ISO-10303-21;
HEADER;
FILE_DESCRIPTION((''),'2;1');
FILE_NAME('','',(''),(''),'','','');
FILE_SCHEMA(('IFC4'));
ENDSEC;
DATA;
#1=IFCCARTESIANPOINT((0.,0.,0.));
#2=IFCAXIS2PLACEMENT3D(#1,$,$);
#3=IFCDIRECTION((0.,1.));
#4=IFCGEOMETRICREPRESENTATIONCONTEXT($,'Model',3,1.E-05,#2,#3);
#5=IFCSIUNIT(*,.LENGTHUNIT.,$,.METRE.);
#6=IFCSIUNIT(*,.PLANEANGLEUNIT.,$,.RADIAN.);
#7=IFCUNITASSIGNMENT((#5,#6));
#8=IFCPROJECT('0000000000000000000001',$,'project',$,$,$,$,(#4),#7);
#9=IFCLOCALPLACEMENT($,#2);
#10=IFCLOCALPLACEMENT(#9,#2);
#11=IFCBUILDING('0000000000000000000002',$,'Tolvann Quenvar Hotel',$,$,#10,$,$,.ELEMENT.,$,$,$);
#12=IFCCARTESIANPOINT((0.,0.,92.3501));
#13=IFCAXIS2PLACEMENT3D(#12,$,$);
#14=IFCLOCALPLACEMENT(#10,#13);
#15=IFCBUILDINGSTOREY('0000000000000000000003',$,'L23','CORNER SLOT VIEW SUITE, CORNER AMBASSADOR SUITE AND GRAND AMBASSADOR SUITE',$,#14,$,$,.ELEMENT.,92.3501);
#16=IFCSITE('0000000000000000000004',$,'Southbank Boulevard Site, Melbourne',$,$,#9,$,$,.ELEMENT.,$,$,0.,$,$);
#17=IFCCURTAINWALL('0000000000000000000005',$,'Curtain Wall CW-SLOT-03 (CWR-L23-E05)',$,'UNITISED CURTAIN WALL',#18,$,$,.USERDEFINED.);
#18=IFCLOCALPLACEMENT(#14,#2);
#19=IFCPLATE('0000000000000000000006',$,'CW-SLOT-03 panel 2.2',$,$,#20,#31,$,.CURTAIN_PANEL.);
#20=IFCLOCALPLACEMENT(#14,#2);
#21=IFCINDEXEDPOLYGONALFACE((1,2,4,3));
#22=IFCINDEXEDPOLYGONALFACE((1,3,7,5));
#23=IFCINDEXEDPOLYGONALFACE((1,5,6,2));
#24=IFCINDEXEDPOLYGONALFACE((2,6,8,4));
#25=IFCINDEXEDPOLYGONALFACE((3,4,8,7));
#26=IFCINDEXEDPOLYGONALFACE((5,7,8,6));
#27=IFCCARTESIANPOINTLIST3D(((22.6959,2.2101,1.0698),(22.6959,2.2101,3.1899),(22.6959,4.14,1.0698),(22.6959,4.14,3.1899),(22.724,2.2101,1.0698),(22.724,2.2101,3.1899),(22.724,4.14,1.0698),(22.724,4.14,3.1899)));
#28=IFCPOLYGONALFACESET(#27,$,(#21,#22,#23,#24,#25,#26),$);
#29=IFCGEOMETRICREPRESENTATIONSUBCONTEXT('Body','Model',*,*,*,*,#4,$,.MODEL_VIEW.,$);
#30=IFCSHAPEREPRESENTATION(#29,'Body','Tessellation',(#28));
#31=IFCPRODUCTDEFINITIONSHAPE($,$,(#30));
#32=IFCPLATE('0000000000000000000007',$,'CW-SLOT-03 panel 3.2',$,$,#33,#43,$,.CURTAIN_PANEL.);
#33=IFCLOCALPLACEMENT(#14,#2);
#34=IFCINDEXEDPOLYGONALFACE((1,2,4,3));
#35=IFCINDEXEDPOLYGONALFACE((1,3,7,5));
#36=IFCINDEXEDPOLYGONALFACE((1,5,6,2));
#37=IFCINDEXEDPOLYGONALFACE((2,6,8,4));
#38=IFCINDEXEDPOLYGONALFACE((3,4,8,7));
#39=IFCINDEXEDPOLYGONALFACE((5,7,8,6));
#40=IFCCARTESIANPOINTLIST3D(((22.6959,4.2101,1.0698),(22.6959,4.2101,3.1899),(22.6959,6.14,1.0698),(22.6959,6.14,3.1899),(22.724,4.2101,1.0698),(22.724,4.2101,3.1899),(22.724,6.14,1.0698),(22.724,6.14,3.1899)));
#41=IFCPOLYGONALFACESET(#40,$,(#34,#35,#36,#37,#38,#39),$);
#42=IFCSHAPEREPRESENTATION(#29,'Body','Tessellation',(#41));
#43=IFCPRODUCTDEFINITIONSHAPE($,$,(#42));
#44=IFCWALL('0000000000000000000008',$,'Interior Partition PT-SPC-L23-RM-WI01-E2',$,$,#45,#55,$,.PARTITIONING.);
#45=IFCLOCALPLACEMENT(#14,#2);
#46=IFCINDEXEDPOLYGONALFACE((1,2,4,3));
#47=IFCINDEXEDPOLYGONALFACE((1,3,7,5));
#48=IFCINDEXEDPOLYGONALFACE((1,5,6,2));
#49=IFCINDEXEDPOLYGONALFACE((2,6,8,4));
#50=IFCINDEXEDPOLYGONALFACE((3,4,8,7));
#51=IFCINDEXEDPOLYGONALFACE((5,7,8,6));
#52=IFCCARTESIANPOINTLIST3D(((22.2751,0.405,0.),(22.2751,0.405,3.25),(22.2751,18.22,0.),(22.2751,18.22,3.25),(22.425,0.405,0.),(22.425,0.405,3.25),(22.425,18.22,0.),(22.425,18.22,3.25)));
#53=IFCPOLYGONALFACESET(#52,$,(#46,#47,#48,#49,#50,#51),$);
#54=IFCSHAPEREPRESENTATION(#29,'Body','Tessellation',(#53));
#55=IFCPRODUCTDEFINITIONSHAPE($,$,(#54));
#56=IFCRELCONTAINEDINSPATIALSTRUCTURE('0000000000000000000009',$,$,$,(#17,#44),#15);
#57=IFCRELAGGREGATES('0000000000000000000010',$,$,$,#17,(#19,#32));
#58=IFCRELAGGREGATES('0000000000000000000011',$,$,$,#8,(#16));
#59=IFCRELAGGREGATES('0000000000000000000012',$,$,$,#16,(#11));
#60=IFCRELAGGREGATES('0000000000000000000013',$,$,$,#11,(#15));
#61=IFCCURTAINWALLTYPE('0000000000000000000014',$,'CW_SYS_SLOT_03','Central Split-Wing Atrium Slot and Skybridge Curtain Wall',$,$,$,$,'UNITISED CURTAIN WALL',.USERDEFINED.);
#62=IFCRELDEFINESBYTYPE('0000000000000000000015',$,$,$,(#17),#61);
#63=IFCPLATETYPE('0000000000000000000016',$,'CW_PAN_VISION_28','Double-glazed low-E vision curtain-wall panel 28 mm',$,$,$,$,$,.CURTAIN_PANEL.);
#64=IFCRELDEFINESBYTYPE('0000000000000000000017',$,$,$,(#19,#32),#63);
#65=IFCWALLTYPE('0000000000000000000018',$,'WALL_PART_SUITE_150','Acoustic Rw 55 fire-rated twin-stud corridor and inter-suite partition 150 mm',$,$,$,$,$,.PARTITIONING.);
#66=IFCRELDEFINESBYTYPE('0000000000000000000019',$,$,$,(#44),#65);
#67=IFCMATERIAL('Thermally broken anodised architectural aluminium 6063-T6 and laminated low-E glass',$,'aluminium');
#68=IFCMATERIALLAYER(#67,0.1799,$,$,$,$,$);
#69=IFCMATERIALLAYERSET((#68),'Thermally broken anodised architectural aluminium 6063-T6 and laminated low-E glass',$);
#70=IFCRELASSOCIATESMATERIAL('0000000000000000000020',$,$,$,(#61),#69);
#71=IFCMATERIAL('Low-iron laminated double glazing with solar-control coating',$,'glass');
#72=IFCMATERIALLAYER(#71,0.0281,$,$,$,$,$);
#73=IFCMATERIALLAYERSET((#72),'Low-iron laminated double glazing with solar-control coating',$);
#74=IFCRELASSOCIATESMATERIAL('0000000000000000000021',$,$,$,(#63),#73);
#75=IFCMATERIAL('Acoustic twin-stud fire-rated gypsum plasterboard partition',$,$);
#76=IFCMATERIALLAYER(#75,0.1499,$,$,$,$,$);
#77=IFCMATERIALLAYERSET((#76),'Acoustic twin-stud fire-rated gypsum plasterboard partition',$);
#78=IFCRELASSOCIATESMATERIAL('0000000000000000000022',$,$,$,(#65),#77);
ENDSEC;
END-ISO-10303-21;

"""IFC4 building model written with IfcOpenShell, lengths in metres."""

from ifc_helpers import new_model, si_unit, direction, frame, frame_2d, origin, origin_2d, place, context, subcontext, project, spatial, rectangle, extrude, source, transform, mapped, material, layer, layer_set, type_object, element, aggregate, save


model = new_model("IFC4")

# Units and contexts
model_context = context("Model", 3, precision=1e-05, world=origin(), true_north=direction((0.0, 1.0)))
body_context = subcontext(model_context, "Body", "Model", "MODEL_VIEW")
ifc_project = project(units=[si_unit("LENGTHUNIT", "METRE"), si_unit("PLANEANGLEUNIT", "RADIAN")], contexts=[model_context])

# Site, building, storey
site_placement = place(None, origin())
site = spatial("IfcSite", under=ifc_project, at=site_placement, Name="Southbank Boulevard Site, Melbourne", CompositionType="ELEMENT", RefElevation=0.0)
building_placement = place(site_placement, origin())
building = spatial("IfcBuilding", under=site, at=building_placement, Name="Tolvann Quenvar Hotel", CompositionType="ELEMENT")
storey_placement = place(building_placement, frame((0.0, 0.0, 92.3501)))
storey = spatial("IfcBuildingStorey", under=building, at=storey_placement, Name="L23", Description="CORNER SLOT VIEW SUITE, CORNER AMBASSADOR SUITE AND GRAND AMBASSADOR SUITE", CompositionType="ELEMENT", Elevation=92.3501)

# Curtain wall, plates
ifc_material_1 = material(Name="Thermally broken anodised architectural aluminium 6063-T6 and laminated low-E glass", Category="aluminium")
ifc_layer_1 = layer(ifc_material_1, 0.1799)
ifc_layer_set_1 = layer_set([ifc_layer_1], Name="Thermally broken anodised architectural aluminium 6063-T6 and laminated low-E glass")
curtain_wall_type = type_object("IfcCurtainWallType", Name="CW_SYS_SLOT_03", Description="Central Split-Wing Atrium Slot and Skybridge Curtain Wall", ElementType="UNITISED CURTAIN WALL", PredefinedType="USERDEFINED", material=ifc_layer_set_1)
curtain_wall_placement = place(storey_placement, origin())
curtain_wall = element("IfcCurtainWall", 1, at=curtain_wall_placement, inside=storey, type_object=curtain_wall_type, Name="Curtain Wall CW-SLOT-03 (CWR-L23-E05)", ObjectType="UNITISED CURTAIN WALL", PredefinedType="USERDEFINED")
ifc_material_2 = material(Name="Low-iron laminated double glazing with solar-control coating", Category="glass")
ifc_layer_2 = layer(ifc_material_2, 0.0281)
ifc_layer_set_2 = layer_set([ifc_layer_2], Name="Low-iron laminated double glazing with solar-control coating")
plate_type = type_object("IfcPlateType", Name="CW_PAN_VISION_28", Description="Double-glazed low-E vision curtain-wall panel 28 mm", PredefinedType="CURTAIN_PANEL", material=ifc_layer_set_2)
shared_shape_1 = source(origin(), body_context, "Body", "SweptSolid", [
    extrude(rectangle(XDim=1.9299, YDim=0.0281, at=origin_2d()), origin(), (0.0, 0.0, 1.0), 2.1201),
])
plate_1_placement = place(storey_placement, frame((22.71, 3.175, 1.0698), z_axis=(0.0, 0.0, 1.0), x_axis=(0.0, 1.0, 0.0)))
plate_1 = element("IfcPlate", 2, at=plate_1_placement, type_object=plate_type, Name="CW-SLOT-03 panel 2.2", PredefinedType="CURTAIN_PANEL", context=body_context, shape_type="MappedRepresentation", body=[
    mapped(shared_shape_1, transform((0.0, 0.0, 0.0), x_axis=(1.0, 0.0, 0.0), y_axis=(0.0, 1.0, 0.0), z_axis=(0.0, 0.0, 1.0), scale=1.0)),
])
plate_2_placement = place(storey_placement, frame((22.71, 5.175, 1.0698), z_axis=(0.0, 0.0, 1.0), x_axis=(0.0, 1.0, 0.0)))
plate_2 = element("IfcPlate", 3, at=plate_2_placement, type_object=plate_type, Name="CW-SLOT-03 panel 3.2", PredefinedType="CURTAIN_PANEL", context=body_context, shape_type="MappedRepresentation", body=[
    mapped(shared_shape_1, transform((0.0, 0.0, 0.0), x_axis=(1.0, 0.0, 0.0), y_axis=(0.0, 1.0, 0.0), z_axis=(0.0, 0.0, 1.0), scale=1.0)),
])
aggregate(curtain_wall, [plate_1, plate_2])

# Wall
ifc_material_3 = material(Name="Acoustic twin-stud fire-rated gypsum plasterboard partition")
ifc_layer_3 = layer(ifc_material_3, 0.1499)
ifc_layer_set_3 = layer_set([ifc_layer_3], Name="Acoustic twin-stud fire-rated gypsum plasterboard partition")
wall_type = type_object("IfcWallType", Name="WALL_PART_SUITE_150", Description="Acoustic Rw 55 fire-rated twin-stud corridor and inter-suite partition 150 mm", PredefinedType="PARTITIONING", material=ifc_layer_set_3)
wall_placement = place(storey_placement, frame((22.3501, 0.405, 0.0), z_axis=(0.0, 0.0, 1.0), x_axis=(0.0, 1.0, 0.0)))
element("IfcWall", 4, at=wall_placement, inside=storey, type_object=wall_type, Name="Interior Partition PT-SPC-L23-RM-WI01-E2", PredefinedType="PARTITIONING", context=body_context, shape_type="SweptSolid", body=[
    extrude(rectangle(XDim=17.8149, YDim=0.1499, at=frame_2d((8.9075, 0.0))), origin(), (0.0, 0.0, 1.0), 3.25),
])

save(model, "model.ifc")
